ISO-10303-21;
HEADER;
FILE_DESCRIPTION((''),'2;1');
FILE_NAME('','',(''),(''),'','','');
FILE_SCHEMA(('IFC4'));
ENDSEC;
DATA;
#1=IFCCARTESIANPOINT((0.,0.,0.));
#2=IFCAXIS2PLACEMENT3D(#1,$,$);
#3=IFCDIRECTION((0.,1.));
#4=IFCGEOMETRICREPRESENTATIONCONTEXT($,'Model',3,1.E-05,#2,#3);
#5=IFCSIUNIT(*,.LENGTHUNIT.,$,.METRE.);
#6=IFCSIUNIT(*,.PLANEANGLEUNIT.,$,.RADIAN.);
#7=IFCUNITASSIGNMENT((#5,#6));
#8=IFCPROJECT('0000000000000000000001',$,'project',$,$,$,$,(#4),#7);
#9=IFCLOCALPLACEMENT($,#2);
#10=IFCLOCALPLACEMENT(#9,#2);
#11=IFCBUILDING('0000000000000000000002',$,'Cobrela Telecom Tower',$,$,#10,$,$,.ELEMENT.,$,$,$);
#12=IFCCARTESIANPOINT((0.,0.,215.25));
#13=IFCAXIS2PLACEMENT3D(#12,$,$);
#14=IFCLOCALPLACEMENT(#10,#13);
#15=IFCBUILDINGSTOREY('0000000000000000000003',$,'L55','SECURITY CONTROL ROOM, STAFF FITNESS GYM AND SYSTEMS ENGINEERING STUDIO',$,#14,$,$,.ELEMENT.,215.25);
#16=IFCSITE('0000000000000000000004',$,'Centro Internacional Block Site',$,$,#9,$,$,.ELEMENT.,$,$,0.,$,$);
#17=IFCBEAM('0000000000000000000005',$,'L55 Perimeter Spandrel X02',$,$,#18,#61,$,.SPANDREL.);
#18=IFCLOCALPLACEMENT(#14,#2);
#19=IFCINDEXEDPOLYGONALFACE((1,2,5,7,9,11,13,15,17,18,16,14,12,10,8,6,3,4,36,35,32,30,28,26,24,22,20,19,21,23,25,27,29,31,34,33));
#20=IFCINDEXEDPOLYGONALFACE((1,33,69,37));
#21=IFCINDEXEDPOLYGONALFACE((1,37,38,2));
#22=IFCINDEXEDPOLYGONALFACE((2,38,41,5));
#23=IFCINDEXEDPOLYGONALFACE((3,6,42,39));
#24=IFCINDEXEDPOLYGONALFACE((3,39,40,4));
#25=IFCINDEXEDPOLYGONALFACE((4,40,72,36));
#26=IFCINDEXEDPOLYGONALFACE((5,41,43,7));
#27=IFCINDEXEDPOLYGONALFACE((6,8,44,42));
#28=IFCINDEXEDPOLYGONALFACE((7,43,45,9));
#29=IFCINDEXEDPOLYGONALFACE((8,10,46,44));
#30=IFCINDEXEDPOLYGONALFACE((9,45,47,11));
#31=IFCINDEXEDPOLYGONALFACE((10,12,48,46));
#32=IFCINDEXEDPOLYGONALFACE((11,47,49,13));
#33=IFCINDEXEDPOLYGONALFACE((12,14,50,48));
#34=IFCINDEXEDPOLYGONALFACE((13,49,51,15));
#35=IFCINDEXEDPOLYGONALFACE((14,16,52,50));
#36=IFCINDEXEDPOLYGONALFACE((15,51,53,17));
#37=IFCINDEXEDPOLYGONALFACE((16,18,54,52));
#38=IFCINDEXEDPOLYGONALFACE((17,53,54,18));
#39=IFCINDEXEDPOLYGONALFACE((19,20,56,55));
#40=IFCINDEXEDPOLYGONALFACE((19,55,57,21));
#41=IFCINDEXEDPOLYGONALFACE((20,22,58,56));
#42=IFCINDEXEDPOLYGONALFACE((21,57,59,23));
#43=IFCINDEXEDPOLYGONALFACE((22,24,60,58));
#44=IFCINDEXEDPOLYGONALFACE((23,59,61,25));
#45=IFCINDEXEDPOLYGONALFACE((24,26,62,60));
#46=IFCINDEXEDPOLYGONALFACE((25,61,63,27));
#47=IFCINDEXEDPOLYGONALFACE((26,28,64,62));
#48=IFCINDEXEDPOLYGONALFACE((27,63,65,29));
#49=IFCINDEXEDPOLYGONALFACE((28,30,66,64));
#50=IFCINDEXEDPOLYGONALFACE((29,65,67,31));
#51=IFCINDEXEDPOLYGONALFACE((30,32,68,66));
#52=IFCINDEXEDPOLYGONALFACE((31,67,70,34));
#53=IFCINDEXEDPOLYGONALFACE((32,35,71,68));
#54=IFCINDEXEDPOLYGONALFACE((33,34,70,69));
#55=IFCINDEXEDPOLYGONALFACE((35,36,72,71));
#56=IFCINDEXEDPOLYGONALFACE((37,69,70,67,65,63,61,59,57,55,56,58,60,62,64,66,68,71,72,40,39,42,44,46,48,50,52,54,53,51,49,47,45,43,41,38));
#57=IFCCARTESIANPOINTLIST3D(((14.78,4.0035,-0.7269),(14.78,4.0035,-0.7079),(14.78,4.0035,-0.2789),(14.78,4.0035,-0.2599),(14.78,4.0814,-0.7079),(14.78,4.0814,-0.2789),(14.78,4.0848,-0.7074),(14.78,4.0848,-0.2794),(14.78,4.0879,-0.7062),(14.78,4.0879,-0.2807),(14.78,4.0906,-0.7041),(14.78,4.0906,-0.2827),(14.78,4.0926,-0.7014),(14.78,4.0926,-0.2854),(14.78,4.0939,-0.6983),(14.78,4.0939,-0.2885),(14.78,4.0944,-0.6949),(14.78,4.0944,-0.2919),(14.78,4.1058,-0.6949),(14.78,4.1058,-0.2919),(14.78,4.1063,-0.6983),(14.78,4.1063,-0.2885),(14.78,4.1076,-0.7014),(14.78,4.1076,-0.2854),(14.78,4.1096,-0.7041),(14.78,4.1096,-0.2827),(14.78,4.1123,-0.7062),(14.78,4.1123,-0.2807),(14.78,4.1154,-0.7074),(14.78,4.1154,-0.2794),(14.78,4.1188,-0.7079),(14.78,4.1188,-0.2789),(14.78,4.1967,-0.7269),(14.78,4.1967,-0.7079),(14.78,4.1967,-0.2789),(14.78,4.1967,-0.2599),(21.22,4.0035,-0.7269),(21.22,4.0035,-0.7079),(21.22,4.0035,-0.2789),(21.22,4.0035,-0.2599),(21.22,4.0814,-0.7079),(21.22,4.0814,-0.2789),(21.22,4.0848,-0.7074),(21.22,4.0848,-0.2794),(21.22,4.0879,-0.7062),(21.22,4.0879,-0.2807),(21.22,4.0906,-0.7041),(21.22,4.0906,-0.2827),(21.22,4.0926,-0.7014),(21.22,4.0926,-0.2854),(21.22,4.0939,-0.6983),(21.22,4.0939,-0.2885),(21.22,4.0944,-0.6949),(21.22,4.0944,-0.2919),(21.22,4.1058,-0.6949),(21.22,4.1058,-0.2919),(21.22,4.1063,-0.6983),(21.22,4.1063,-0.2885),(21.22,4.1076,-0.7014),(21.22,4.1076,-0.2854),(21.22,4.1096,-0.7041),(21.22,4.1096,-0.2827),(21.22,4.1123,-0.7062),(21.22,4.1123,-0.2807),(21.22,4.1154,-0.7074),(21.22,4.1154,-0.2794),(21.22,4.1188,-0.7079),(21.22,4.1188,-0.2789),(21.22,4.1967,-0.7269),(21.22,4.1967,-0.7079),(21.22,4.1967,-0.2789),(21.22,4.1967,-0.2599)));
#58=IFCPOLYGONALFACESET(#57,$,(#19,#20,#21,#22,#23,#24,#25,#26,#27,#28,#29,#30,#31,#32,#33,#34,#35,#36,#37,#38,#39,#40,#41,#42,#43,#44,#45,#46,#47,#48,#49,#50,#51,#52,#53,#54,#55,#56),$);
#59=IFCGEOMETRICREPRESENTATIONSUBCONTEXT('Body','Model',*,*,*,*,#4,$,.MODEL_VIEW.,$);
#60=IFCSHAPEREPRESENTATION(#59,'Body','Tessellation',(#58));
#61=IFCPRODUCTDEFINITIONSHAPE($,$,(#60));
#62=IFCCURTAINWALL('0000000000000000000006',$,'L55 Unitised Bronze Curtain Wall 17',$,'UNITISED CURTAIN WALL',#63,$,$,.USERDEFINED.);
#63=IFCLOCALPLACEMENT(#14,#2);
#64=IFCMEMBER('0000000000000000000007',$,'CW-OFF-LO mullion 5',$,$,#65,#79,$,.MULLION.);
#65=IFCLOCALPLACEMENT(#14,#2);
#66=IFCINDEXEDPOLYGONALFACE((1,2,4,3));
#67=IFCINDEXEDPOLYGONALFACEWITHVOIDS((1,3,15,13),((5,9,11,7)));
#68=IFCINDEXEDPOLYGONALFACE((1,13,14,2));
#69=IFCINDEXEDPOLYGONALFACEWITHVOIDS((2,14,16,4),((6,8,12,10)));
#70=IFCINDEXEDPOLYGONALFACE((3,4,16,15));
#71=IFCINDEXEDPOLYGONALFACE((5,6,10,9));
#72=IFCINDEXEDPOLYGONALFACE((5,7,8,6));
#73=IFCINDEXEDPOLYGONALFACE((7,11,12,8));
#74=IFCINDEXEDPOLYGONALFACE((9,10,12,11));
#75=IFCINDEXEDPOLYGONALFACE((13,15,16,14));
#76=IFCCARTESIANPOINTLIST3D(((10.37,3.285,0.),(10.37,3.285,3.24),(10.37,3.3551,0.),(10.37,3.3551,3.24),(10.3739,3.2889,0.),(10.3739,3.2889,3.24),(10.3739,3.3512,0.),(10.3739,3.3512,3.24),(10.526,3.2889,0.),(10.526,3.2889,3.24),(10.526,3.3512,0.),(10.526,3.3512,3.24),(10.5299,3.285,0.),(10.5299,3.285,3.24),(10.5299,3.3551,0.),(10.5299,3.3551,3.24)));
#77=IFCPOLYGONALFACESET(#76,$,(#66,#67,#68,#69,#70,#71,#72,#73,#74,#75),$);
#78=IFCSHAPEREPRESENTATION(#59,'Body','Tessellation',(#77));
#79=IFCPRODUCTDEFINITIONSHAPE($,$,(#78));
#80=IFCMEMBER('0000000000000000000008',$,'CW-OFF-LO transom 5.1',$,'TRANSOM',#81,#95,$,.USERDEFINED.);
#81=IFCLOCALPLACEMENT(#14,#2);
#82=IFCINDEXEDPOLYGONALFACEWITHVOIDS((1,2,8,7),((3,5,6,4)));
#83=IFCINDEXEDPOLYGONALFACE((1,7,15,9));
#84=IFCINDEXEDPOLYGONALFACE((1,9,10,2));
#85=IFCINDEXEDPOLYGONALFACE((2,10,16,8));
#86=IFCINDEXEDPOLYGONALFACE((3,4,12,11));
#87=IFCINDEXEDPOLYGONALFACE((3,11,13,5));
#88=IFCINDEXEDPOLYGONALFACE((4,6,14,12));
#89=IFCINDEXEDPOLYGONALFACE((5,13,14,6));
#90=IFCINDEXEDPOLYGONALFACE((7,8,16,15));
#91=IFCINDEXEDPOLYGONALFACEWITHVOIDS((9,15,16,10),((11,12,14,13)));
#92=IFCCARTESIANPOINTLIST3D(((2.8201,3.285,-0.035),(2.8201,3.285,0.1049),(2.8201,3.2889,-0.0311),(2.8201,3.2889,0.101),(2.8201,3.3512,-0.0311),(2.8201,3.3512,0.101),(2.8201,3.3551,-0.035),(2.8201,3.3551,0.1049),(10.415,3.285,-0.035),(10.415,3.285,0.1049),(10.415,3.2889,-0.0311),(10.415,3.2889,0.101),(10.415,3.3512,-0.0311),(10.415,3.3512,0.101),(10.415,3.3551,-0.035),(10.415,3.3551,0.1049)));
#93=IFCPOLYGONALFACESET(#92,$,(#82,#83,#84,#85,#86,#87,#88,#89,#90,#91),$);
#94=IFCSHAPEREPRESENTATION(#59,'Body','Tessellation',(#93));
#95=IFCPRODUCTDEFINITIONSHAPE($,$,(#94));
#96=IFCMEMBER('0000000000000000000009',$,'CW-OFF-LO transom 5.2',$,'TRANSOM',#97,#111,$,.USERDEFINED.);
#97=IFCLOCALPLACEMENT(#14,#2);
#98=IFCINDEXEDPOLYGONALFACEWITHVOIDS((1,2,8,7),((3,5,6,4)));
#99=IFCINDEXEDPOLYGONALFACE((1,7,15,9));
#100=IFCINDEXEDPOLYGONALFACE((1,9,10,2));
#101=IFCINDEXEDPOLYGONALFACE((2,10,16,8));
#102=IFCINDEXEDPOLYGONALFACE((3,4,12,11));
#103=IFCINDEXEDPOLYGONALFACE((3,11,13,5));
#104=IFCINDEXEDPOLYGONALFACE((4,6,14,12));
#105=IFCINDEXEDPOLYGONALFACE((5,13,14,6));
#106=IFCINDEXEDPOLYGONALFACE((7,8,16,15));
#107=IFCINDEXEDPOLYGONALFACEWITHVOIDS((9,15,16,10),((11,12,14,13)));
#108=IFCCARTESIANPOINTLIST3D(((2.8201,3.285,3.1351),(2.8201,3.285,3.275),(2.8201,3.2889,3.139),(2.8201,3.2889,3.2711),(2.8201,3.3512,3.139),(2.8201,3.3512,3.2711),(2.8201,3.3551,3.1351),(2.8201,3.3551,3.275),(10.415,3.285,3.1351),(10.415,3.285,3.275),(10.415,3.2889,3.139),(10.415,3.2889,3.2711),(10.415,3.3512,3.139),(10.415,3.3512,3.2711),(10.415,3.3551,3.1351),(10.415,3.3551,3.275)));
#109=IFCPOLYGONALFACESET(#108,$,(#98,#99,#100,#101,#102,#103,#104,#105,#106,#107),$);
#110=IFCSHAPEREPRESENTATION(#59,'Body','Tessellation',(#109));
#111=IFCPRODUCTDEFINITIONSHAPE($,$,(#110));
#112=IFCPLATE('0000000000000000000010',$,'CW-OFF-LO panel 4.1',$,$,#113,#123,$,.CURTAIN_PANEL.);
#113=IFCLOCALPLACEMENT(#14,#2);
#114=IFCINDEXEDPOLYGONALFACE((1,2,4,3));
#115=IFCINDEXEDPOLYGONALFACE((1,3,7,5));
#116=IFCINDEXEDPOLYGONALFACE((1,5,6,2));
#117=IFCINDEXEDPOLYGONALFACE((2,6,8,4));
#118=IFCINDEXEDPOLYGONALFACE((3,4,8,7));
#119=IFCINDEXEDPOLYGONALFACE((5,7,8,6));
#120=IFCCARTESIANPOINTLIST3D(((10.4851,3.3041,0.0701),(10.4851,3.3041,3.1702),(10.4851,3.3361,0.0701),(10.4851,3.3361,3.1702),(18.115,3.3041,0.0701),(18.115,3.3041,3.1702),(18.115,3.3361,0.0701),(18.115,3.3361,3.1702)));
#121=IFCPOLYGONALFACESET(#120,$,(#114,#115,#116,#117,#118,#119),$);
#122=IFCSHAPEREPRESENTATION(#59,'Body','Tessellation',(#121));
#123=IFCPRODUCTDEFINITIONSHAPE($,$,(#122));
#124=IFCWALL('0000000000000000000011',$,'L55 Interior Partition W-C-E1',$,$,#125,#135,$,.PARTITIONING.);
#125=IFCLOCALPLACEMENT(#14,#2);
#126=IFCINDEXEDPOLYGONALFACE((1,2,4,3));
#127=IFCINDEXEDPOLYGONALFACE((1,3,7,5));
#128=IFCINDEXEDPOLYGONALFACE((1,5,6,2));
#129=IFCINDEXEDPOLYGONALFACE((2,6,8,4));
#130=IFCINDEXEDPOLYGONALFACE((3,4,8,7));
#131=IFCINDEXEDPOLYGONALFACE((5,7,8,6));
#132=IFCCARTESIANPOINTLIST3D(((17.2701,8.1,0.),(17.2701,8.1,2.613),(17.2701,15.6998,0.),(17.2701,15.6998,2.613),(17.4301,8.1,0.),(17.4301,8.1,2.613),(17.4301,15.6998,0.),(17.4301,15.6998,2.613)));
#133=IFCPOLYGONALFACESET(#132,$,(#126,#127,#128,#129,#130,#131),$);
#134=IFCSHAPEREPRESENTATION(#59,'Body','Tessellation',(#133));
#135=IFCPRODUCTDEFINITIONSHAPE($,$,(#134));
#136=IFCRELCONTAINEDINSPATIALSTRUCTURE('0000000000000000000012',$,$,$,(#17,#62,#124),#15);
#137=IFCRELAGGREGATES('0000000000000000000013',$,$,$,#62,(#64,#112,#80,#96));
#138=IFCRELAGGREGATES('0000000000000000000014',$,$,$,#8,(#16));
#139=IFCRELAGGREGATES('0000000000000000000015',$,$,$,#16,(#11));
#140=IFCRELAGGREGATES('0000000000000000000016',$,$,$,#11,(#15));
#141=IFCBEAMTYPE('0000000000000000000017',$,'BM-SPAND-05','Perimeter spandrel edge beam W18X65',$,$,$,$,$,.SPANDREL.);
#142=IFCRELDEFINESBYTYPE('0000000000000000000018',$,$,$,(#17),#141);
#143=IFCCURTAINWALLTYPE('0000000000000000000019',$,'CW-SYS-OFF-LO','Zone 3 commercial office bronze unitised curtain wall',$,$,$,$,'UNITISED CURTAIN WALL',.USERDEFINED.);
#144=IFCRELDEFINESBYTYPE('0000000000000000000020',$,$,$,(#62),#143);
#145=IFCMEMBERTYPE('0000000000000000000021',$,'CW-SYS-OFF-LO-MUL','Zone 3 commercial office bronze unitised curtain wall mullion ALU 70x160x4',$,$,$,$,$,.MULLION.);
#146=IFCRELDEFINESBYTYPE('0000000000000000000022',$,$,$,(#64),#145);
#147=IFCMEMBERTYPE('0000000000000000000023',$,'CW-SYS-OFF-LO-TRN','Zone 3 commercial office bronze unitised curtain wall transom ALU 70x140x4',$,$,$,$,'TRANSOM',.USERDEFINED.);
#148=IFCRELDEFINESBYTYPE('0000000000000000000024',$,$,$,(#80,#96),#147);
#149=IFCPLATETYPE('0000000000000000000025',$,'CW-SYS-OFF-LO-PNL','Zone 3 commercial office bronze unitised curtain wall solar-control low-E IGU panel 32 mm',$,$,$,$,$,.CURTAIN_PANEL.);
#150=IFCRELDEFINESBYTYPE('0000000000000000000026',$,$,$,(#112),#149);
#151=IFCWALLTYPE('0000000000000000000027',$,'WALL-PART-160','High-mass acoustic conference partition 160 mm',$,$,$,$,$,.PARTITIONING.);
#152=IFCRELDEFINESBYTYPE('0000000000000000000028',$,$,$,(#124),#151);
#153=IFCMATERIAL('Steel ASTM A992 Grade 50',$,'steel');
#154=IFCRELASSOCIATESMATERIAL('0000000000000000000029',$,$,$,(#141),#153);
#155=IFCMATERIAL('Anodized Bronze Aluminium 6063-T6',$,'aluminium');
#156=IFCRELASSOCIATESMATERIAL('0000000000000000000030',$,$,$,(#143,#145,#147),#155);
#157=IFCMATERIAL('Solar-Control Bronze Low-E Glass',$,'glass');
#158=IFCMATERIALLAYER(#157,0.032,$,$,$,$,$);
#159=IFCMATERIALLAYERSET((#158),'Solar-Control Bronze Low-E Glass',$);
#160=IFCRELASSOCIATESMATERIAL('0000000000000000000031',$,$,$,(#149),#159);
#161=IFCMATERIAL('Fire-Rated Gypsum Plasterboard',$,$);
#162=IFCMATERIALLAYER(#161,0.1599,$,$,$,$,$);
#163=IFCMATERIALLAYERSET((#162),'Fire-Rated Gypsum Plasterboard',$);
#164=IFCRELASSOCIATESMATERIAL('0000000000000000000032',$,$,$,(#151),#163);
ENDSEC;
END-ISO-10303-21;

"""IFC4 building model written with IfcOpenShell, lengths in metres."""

from ifc_helpers import new_model, si_unit, direction, frame, frame_2d, origin, origin_2d, place, context, subcontext, project, spatial, rectangle, hollow_rectangle, i_section, extrude, material, layer, layer_set, material_profile, profile_set, type_object, element, aggregate, save


model = new_model("IFC4")

# Units and contexts
model_context = context("Model", 3, precision=1e-05, world=origin(), true_north=direction((0.0, 1.0)))
body_context = subcontext(model_context, "Body", "Model", "MODEL_VIEW")
ifc_project = project(units=[si_unit("LENGTHUNIT", "METRE"), si_unit("PLANEANGLEUNIT", "RADIAN")], contexts=[model_context])

# Site, building, storey
site_placement = place(None, origin())
site = spatial("IfcSite", under=ifc_project, at=site_placement, Name="Centro Internacional Block Site", CompositionType="ELEMENT", RefElevation=0.0)
building_placement = place(site_placement, origin())
building = spatial("IfcBuilding", under=site, at=building_placement, Name="Cobrela Telecom Tower", CompositionType="ELEMENT")
storey_placement = place(building_placement, frame((0.0, 0.0, 215.25)))
storey = spatial("IfcBuildingStorey", under=building, at=storey_placement, Name="L55", Description="SECURITY CONTROL ROOM, STAFF FITNESS GYM AND SYSTEMS ENGINEERING STUDIO", CompositionType="ELEMENT", Elevation=215.25)

# Beam
ifc_material_1 = material(Name="Steel ASTM A992 Grade 50", Category="steel")
ifc_material_profile_1 = material_profile(ifc_material_1, i_section(OverallWidth=0.1931, OverallDepth=0.467, WebThickness=0.0115, FlangeThickness=0.019, FilletRadius=0.0129, at=origin_2d()), Name="W18X65")
ifc_profile_set_1 = profile_set([ifc_material_profile_1], Name="Steel ASTM A992 Grade 50")
beam_type_1 = type_object("IfcBeamType", Name="BM-SPAND-05", Description="Perimeter spandrel edge beam W18X65", PredefinedType="SPANDREL", material=ifc_profile_set_1)
for number, where, z_axis, x_axis, name in (
    (1, (14.78, 4.1001, -0.4934), (1.0, 0.0, 0.0), (0.0, 1.0, 0.0), "L55 Perimeter Spandrel X02"),
):
    element("IfcBeam", number, at=place(storey_placement, frame(where, z_axis=z_axis, x_axis=x_axis)), inside=storey, type_object=beam_type_1, Name=name, PredefinedType="SPANDREL", context=body_context, shape_type="SweptSolid", body=[
        extrude(i_section(OverallWidth=0.1931, OverallDepth=0.467, WebThickness=0.0115, FlangeThickness=0.019, FilletRadius=0.0129, at=origin_2d()), origin(), (0.0, 0.0, 1.0), 6.4399),
    ])

# Curtain wall, members, plate
ifc_material_2 = material(Name="Anodized Bronze Aluminium 6063-T6", Category="aluminium")
curtain_wall_type = type_object("IfcCurtainWallType", Name="CW-SYS-OFF-LO", Description="Zone 3 commercial office bronze unitised curtain wall", ElementType="UNITISED CURTAIN WALL", PredefinedType="USERDEFINED", material=ifc_material_2)
curtain_wall_placement = place(storey_placement, origin())
curtain_wall = element("IfcCurtainWall", 2, at=curtain_wall_placement, inside=storey, type_object=curtain_wall_type, Name="L55 Unitised Bronze Curtain Wall 17", ObjectType="UNITISED CURTAIN WALL", PredefinedType="USERDEFINED")
ifc_material_profile_2 = material_profile(ifc_material_2, hollow_rectangle(XDim=0.0701, YDim=0.1599, WallThickness=0.0039, at=origin_2d()), Name="ALU 70x160x4")
ifc_profile_set_2 = profile_set([ifc_material_profile_2], Name="Anodized Bronze Aluminium 6063-T6")
member_type_1 = type_object("IfcMemberType", Name="CW-SYS-OFF-LO-MUL", Description="Zone 3 commercial office bronze unitised curtain wall mullion ALU 70x160x4", PredefinedType="MULLION", material=ifc_profile_set_2)
member_1_placement = place(storey_placement, frame((10.45, 3.3201, 0.0), z_axis=(0.0, 0.0, 1.0), x_axis=(0.0, -1.0, 0.0)))
member_1 = element("IfcMember", 3, at=member_1_placement, type_object=member_type_1, Name="CW-OFF-LO mullion 5", PredefinedType="MULLION", context=body_context, shape_type="SweptSolid", body=[
    extrude(hollow_rectangle(XDim=0.0701, YDim=0.1599, WallThickness=0.0039, at=origin_2d()), origin(), (0.0, 0.0, 1.0), 3.24),
])
ifc_material_profile_3 = material_profile(ifc_material_2, hollow_rectangle(XDim=0.0701, YDim=0.1399, WallThickness=0.0039, at=origin_2d()), Name="ALU 70x140x4")
ifc_profile_set_3 = profile_set([ifc_material_profile_3], Name="Anodized Bronze Aluminium 6063-T6")
member_type_2 = type_object("IfcMemberType", Name="CW-SYS-OFF-LO-TRN", Description="Zone 3 commercial office bronze unitised curtain wall transom ALU 70x140x4", ElementType="TRANSOM", PredefinedType="USERDEFINED", material=ifc_profile_set_3)
member_2_placement = place(storey_placement, frame((10.415, 3.3201, 0.0349), z_axis=(-1.0, 0.0, 0.0), x_axis=(0.0, -1.0, 0.0)))
member_2 = element("IfcMember", 4, at=member_2_placement, type_object=member_type_2, Name="CW-OFF-LO transom 5.1", ObjectType="TRANSOM", PredefinedType="USERDEFINED", context=body_context, shape_type="SweptSolid", body=[
    extrude(hollow_rectangle(XDim=0.0701, YDim=0.1399, WallThickness=0.0039, at=origin_2d()), origin(), (0.0, 0.0, 1.0), 7.595),
])
member_3_placement = place(storey_placement, frame((10.415, 3.3201, 3.2051), z_axis=(-1.0, 0.0, 0.0), x_axis=(0.0, -1.0, 0.0)))
member_3 = element("IfcMember", 5, at=member_3_placement, type_object=member_type_2, Name="CW-OFF-LO transom 5.2", ObjectType="TRANSOM", PredefinedType="USERDEFINED", context=body_context, shape_type="SweptSolid", body=[
    extrude(hollow_rectangle(XDim=0.0701, YDim=0.1399, WallThickness=0.0039, at=origin_2d()), origin(), (0.0, 0.0, 1.0), 7.595),
])
ifc_material_3 = material(Name="Solar-Control Bronze Low-E Glass", Category="glass")
ifc_layer_1 = layer(ifc_material_3, 0.032)
ifc_layer_set_1 = layer_set([ifc_layer_1], Name="Solar-Control Bronze Low-E Glass")
plate_type = type_object("IfcPlateType", Name="CW-SYS-OFF-LO-PNL", Description="Zone 3 commercial office bronze unitised curtain wall solar-control low-E IGU panel 32 mm", PredefinedType="CURTAIN_PANEL", material=ifc_layer_set_1)
plate_placement = place(storey_placement, frame((14.3, 3.3201, 0.0701), z_axis=(0.0, 0.0, 1.0), x_axis=(-1.0, 0.0, 0.0)))
plate = element("IfcPlate", 6, at=plate_placement, type_object=plate_type, Name="CW-OFF-LO panel 4.1", PredefinedType="CURTAIN_PANEL", context=body_context, shape_type="SweptSolid", body=[
    extrude(rectangle(XDim=7.6299, YDim=0.032, at=origin_2d()), origin(), (0.0, 0.0, 1.0), 3.1001),
])
aggregate(curtain_wall, [member_1, plate, member_2, member_3])

# Shared definitions
ifc_material_4 = material(Name="Fire-Rated Gypsum Plasterboard")

# Wall
ifc_layer_2 = layer(ifc_material_4, 0.1599)
ifc_layer_set_2 = layer_set([ifc_layer_2], Name="Fire-Rated Gypsum Plasterboard")
wall_type_1 = type_object("IfcWallType", Name="WALL-PART-160", Description="High-mass acoustic conference partition 160 mm", PredefinedType="PARTITIONING", material=ifc_layer_set_2)
wall_1_placement = place(storey_placement, frame((17.3501, 8.1001, 0.0), z_axis=(0.0, 0.0, 1.0), x_axis=(0.0, 1.0, 0.0)))
element("IfcWall", 7, at=wall_1_placement, inside=storey, type_object=wall_type_1, Name="L55 Interior Partition W-C-E1", PredefinedType="PARTITIONING", context=body_context, shape_type="SweptSolid", body=[
    extrude(rectangle(XDim=7.5999, YDim=0.1599, at=frame_2d((3.7998, 0.0))), origin(), (0.0, 0.0, 1.0), 2.613),
])

save(model, "model.ifc")
